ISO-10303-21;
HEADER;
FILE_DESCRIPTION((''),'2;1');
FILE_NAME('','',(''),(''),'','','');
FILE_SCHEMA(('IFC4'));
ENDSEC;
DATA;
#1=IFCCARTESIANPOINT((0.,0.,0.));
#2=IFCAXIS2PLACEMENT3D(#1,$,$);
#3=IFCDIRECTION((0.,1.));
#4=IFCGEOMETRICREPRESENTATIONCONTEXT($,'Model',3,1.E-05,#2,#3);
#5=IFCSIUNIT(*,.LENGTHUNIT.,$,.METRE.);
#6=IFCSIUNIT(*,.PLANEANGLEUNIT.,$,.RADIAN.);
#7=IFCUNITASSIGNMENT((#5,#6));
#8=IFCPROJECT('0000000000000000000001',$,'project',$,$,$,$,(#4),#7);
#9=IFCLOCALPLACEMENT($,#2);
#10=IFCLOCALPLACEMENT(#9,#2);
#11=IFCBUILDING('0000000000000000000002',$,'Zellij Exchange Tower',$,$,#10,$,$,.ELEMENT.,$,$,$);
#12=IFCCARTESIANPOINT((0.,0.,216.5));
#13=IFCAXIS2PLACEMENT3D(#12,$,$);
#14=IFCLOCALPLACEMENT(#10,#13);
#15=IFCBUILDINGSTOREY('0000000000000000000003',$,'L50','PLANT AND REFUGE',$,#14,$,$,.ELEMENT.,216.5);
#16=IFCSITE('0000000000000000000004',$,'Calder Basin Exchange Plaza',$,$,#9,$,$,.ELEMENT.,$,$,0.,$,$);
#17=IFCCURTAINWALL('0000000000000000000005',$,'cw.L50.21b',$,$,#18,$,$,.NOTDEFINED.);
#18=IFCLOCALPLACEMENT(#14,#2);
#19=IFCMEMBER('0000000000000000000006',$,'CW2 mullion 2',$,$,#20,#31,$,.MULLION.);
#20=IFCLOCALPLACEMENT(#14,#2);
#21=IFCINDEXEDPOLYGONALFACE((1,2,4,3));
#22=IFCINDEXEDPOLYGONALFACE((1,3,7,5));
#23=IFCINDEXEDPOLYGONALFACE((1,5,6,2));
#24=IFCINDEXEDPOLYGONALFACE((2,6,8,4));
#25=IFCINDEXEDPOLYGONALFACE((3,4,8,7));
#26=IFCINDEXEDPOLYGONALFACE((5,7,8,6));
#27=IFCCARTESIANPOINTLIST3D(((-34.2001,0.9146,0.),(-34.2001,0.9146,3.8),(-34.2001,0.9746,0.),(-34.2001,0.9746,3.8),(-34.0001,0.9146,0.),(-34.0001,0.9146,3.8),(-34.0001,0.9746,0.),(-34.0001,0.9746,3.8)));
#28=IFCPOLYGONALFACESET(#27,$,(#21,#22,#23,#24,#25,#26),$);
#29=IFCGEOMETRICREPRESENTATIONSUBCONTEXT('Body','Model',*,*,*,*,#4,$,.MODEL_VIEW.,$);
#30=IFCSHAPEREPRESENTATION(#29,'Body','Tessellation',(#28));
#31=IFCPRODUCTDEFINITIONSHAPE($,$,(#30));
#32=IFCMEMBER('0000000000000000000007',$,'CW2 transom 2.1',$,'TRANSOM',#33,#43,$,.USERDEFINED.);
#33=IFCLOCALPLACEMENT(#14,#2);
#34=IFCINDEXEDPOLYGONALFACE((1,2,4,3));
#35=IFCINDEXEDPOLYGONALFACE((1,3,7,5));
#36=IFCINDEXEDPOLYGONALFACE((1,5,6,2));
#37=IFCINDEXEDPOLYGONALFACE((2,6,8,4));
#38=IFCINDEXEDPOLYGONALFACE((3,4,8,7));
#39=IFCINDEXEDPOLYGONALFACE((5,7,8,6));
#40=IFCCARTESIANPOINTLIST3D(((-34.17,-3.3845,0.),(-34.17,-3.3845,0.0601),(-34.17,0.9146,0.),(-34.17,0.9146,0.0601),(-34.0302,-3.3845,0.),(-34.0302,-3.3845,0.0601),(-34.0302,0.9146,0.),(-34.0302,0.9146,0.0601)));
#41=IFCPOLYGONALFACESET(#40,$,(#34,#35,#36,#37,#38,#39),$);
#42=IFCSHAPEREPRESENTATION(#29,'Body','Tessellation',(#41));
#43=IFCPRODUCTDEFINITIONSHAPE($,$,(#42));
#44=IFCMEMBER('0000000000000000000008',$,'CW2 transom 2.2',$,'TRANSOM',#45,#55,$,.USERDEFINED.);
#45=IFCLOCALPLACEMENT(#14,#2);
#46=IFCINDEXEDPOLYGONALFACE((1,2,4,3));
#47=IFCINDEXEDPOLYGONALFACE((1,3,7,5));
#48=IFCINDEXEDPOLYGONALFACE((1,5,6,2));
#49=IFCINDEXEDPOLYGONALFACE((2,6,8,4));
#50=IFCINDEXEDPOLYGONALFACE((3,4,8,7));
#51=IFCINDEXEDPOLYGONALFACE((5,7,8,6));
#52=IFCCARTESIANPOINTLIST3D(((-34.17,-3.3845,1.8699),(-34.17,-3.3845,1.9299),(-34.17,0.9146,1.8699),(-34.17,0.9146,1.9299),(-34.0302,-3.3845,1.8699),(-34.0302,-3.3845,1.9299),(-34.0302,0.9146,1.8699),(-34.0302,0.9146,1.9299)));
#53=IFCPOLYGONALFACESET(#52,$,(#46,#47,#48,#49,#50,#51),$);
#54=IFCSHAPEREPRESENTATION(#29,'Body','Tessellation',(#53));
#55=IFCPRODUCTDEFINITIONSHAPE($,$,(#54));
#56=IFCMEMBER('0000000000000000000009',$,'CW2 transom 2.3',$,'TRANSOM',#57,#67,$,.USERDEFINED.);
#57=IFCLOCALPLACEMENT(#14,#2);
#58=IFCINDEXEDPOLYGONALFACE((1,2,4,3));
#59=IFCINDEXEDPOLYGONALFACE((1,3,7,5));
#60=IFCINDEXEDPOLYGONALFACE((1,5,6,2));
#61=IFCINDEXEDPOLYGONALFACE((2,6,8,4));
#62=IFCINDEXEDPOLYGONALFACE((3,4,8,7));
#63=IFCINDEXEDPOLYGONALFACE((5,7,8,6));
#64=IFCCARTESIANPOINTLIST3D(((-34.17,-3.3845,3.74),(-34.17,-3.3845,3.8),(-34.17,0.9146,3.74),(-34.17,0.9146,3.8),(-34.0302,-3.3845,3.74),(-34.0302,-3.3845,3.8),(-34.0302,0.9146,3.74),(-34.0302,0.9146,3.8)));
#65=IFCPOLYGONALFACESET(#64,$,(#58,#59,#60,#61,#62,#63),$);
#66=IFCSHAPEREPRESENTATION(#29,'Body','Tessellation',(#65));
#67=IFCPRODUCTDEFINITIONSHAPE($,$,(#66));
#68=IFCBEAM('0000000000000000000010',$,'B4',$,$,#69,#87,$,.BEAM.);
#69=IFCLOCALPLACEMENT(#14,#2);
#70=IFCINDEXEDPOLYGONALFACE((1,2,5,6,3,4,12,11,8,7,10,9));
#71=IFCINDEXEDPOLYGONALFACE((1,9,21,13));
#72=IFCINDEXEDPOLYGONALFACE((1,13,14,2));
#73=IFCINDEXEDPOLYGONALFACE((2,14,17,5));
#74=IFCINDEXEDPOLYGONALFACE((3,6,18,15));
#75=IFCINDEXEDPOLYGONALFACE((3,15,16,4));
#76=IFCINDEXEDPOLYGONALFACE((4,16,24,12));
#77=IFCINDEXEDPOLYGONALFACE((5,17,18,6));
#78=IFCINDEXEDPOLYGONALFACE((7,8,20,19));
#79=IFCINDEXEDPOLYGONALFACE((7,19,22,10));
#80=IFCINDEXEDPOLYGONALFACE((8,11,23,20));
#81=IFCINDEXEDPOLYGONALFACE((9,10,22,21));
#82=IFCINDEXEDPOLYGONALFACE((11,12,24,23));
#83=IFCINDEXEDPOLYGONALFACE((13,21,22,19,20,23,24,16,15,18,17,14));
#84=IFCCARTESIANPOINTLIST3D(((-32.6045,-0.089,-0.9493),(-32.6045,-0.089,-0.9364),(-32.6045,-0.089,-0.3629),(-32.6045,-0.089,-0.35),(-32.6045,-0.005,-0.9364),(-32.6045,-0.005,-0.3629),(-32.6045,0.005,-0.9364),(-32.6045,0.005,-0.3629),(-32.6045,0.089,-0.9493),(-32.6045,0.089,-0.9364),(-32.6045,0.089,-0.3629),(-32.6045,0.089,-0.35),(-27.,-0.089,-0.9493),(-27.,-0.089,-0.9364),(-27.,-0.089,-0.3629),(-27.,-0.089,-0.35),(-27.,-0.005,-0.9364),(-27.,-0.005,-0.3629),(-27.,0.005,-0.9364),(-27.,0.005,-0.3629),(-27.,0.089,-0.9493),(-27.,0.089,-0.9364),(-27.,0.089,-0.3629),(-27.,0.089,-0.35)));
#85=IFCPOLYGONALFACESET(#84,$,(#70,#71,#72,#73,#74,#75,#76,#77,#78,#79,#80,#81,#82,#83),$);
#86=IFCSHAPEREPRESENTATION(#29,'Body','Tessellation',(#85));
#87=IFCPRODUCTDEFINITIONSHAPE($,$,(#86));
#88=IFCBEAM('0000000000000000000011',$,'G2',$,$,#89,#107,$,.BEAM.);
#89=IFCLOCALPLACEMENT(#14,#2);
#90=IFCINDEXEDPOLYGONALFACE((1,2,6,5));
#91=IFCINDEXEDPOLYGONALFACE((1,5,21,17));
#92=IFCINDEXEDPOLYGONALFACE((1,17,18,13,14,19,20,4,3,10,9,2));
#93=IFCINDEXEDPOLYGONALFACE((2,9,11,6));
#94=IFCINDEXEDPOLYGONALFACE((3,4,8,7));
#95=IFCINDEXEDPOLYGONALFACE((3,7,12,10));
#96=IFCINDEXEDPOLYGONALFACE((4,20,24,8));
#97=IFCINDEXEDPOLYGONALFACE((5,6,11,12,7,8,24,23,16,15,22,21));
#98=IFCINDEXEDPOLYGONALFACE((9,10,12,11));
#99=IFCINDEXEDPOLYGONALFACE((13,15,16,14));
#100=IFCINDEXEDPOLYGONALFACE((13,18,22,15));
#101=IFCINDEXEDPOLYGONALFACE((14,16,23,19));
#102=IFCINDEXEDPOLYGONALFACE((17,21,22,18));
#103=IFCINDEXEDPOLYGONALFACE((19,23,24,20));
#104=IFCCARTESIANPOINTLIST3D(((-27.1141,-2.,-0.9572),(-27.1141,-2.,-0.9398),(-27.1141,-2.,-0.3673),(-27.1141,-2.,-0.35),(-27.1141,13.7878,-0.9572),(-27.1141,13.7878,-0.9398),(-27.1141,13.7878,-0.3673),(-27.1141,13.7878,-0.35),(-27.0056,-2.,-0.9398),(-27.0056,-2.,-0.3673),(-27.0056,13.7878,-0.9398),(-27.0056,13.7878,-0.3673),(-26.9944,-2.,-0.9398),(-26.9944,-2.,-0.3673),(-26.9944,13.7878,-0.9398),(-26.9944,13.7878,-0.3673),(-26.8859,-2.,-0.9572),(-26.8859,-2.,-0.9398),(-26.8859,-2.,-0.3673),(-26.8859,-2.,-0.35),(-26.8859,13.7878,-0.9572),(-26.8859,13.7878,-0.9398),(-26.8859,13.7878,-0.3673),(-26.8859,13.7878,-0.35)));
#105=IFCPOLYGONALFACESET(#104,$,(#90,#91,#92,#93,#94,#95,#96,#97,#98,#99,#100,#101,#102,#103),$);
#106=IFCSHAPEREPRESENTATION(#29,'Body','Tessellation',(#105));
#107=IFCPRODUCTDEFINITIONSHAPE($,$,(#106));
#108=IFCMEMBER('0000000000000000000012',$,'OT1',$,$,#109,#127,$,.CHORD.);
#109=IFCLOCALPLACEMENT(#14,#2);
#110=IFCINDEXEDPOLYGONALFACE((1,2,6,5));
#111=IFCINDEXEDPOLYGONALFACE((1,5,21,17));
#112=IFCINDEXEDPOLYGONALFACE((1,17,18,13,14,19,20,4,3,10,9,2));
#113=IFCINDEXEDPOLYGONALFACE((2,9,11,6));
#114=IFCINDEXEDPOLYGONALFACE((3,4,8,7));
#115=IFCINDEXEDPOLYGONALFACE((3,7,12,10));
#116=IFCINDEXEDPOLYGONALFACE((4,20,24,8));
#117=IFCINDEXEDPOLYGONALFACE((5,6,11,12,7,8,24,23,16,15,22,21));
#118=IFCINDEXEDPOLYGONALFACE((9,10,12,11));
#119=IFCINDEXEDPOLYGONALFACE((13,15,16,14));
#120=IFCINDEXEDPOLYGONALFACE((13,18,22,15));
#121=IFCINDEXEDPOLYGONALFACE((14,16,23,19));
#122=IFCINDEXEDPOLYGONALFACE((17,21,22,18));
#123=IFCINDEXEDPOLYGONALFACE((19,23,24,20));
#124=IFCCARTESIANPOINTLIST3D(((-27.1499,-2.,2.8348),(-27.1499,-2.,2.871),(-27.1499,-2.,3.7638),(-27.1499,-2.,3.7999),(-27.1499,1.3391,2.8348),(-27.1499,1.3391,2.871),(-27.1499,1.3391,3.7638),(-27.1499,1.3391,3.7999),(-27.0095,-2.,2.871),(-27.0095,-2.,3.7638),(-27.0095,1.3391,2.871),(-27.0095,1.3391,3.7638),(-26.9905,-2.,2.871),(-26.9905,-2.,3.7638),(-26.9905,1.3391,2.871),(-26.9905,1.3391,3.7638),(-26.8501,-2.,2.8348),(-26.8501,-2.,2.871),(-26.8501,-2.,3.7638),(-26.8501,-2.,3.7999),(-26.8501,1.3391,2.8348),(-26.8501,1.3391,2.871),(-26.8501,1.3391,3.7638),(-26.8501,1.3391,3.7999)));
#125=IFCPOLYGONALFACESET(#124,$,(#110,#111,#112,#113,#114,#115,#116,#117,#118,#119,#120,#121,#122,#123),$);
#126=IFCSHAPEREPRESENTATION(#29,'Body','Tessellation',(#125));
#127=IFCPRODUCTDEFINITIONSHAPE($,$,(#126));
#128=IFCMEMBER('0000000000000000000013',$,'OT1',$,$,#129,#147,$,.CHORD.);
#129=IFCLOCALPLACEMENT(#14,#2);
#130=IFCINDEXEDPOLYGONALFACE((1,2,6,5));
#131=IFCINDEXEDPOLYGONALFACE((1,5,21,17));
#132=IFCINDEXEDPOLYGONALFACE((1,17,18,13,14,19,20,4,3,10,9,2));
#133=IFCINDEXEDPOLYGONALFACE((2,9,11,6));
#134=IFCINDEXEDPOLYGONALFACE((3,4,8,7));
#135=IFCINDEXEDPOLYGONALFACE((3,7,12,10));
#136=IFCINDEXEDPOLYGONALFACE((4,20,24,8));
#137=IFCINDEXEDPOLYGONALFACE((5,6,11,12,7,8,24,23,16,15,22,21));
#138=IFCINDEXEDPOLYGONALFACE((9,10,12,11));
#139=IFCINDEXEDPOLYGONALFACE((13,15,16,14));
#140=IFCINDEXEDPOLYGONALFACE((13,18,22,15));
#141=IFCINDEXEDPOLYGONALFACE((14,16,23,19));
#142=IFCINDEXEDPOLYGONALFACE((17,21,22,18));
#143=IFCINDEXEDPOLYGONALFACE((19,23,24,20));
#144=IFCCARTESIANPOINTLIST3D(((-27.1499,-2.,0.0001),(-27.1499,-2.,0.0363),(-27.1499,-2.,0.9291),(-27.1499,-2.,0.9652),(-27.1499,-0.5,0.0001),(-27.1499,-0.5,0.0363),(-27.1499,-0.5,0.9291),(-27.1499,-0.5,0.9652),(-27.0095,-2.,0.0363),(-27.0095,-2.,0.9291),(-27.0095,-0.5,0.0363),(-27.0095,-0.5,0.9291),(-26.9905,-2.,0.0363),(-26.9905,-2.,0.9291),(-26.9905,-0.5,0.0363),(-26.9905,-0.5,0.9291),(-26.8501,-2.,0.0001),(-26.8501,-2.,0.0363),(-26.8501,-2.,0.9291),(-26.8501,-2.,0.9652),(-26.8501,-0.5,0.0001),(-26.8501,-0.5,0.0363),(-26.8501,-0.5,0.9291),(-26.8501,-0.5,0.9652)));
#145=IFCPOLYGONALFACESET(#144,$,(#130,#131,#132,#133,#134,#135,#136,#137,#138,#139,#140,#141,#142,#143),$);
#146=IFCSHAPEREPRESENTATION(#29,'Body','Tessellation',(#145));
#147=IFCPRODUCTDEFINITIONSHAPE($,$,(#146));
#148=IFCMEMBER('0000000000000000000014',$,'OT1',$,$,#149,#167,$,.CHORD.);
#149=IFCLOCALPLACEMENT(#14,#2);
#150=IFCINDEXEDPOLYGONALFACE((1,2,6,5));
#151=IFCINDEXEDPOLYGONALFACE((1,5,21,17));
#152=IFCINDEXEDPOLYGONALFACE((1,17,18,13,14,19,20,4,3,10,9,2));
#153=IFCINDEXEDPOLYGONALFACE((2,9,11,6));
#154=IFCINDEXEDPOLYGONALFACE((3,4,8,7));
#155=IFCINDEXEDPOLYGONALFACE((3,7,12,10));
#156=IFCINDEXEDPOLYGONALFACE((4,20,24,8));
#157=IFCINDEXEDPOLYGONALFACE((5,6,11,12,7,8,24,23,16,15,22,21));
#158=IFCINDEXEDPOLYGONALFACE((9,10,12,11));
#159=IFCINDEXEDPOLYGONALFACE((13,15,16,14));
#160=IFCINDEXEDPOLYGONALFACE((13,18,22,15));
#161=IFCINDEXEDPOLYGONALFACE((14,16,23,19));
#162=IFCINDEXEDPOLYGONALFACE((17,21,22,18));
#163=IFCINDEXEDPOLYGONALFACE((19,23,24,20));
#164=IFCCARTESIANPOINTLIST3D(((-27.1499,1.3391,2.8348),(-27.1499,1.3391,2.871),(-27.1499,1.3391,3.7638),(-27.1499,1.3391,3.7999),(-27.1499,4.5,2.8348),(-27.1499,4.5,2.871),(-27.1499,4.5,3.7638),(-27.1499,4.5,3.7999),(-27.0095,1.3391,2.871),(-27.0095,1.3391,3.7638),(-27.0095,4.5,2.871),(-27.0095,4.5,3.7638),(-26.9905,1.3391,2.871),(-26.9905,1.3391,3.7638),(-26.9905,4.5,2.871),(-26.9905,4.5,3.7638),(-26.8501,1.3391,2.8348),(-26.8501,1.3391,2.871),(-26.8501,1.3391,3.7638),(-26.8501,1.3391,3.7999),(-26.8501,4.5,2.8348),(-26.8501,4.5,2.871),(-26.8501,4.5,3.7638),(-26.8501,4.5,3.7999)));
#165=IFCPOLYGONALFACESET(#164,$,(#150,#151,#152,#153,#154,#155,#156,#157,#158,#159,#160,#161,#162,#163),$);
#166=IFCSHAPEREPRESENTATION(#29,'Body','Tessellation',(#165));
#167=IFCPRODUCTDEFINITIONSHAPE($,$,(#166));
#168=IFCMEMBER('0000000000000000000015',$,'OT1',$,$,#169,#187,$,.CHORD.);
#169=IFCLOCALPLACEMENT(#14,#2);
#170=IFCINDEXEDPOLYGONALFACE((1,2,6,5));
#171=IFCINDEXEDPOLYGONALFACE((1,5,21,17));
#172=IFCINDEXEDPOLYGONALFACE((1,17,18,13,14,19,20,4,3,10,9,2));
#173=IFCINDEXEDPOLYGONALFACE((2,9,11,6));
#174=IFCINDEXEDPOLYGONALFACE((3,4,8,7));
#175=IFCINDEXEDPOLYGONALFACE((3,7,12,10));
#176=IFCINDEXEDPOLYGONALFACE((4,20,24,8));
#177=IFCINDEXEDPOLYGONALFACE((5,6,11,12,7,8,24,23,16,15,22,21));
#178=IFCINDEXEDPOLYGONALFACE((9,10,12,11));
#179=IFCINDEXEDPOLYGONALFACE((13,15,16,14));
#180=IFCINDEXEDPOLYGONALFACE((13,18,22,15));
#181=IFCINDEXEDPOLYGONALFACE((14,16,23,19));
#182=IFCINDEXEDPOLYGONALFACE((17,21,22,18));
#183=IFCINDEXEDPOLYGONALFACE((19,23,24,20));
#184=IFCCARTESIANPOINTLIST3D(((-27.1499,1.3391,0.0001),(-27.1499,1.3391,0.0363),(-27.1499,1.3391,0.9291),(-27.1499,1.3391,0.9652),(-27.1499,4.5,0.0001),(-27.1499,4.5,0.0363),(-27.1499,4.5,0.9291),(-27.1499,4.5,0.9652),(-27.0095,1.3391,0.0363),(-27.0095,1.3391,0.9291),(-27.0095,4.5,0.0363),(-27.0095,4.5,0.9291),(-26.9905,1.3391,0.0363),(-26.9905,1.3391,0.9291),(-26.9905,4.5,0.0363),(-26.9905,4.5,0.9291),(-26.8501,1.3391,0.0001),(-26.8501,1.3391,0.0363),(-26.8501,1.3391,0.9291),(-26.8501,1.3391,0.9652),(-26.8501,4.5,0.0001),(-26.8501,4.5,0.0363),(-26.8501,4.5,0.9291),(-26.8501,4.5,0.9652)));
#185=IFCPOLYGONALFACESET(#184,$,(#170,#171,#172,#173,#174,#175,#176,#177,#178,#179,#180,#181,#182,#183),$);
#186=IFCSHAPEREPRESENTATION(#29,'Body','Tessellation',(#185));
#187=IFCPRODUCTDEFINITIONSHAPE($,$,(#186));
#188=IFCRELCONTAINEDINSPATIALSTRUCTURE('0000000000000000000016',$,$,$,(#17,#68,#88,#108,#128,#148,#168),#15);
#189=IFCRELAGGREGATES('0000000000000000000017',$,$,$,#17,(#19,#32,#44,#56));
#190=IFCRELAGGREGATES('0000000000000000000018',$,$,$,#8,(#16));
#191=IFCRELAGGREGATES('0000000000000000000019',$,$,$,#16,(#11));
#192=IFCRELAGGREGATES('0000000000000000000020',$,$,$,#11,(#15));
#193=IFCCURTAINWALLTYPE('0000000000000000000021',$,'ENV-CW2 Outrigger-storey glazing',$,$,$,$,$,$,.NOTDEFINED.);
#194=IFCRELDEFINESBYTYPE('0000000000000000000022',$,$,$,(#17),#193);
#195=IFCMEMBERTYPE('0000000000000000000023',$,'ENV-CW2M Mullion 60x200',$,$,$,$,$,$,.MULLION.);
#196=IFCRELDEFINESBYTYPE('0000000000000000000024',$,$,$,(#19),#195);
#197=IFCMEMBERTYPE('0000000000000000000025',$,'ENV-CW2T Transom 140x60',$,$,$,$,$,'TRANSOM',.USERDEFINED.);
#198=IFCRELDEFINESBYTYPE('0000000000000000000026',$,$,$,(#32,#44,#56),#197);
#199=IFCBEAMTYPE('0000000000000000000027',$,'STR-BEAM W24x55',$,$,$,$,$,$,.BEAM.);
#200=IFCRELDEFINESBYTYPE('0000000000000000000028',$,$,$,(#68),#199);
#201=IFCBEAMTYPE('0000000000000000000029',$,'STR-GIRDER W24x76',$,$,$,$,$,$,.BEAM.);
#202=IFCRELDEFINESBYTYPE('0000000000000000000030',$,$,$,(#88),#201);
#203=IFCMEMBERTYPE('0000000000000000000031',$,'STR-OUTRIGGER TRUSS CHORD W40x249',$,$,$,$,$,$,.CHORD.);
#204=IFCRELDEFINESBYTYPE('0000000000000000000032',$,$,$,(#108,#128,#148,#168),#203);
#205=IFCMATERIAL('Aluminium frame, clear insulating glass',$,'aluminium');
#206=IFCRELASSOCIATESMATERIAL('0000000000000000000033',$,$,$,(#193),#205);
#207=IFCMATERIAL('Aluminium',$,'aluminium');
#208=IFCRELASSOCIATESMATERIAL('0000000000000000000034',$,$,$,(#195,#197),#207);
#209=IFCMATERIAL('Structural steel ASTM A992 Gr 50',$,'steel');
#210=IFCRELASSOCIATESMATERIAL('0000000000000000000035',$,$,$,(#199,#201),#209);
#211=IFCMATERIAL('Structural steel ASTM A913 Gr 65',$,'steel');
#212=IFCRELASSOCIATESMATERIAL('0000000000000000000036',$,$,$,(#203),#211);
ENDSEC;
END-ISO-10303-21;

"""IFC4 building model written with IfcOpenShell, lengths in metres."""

from ifc_helpers import new_model, si_unit, direction, frame, origin, origin_2d, place, context, subcontext, project, spatial, rectangle, i_section, extrude, material, material_profile, profile_set, type_object, element, aggregate, save


model = new_model("IFC4")

# Units and contexts
model_context = context("Model", 3, precision=1e-05, world=origin(), true_north=direction((0.0, 1.0)))
body_context = subcontext(model_context, "Body", "Model", "MODEL_VIEW")
ifc_project = project(units=[si_unit("LENGTHUNIT", "METRE"), si_unit("PLANEANGLEUNIT", "RADIAN")], contexts=[model_context])

# Site, building, storey
site_placement = place(None, origin())
site = spatial("IfcSite", under=ifc_project, at=site_placement, Name="Calder Basin Exchange Plaza", CompositionType="ELEMENT", RefElevation=0.0)
building_placement = place(site_placement, origin())
building = spatial("IfcBuilding", under=site, at=building_placement, Name="Zellij Exchange Tower", CompositionType="ELEMENT")
storey_placement = place(building_placement, frame((0.0, 0.0, 216.5)))
storey = spatial("IfcBuildingStorey", under=building, at=storey_placement, Name="L50", Description="PLANT AND REFUGE", CompositionType="ELEMENT", Elevation=216.5)

# Curtain wall, members
ifc_material_1 = material(Name="Aluminium frame, clear insulating glass", Category="aluminium")
curtain_wall_type = type_object("IfcCurtainWallType", Name="ENV-CW2 Outrigger-storey glazing", PredefinedType="NOTDEFINED", material=ifc_material_1)
curtain_wall_placement = place(storey_placement, origin())
curtain_wall = element("IfcCurtainWall", 1, at=curtain_wall_placement, inside=storey, type_object=curtain_wall_type, Name="cw.L50.21b", PredefinedType="NOTDEFINED")
ifc_material_2 = material(Name="Aluminium", Category="aluminium")
ifc_material_profile_1 = material_profile(ifc_material_2, rectangle(XDim=0.0601, YDim=0.2, at=origin_2d()), Name="AL 60x200")
ifc_profile_set_1 = profile_set([ifc_material_profile_1], Name="Aluminium")
member_type_1 = type_object("IfcMemberType", Name="ENV-CW2M Mullion 60x200", PredefinedType="MULLION", material=ifc_profile_set_1)
member_1_placement = place(storey_placement, frame((-34.1001, 0.9446, 0.0), z_axis=(0.0, 0.0, 1.0), x_axis=(0.0, -1.0, 0.0)))
member_1 = element("IfcMember", 2, at=member_1_placement, type_object=member_type_1, Name="CW2 mullion 2", PredefinedType="MULLION", context=body_context, shape_type="SweptSolid", body=[
    extrude(rectangle(XDim=0.0601, YDim=0.2, at=origin_2d()), origin(), (0.0, 0.0, 1.0), 3.8),
])
ifc_material_profile_2 = material_profile(ifc_material_2, rectangle(XDim=0.1399, YDim=0.0601, at=origin_2d()), Name="AL 140x60")
ifc_profile_set_2 = profile_set([ifc_material_profile_2], Name="Aluminium")
member_type_2 = type_object("IfcMemberType", Name="ENV-CW2T Transom 140x60", ElementType="TRANSOM", PredefinedType="USERDEFINED", material=ifc_profile_set_2)
member_2_placement = place(storey_placement, frame((-34.1001, 0.9146, 0.03), z_axis=(0.0, -1.0, 0.0), x_axis=(1.0, 0.0, 0.0)))
member_2 = element("IfcMember", 3, at=member_2_placement, type_object=member_type_2, Name="CW2 transom 2.1", ObjectType="TRANSOM", PredefinedType="USERDEFINED", context=body_context, shape_type="SweptSolid", body=[
    extrude(rectangle(XDim=0.1399, YDim=0.0601, at=origin_2d()), origin(), (0.0, 0.0, 1.0), 4.2991),
])
member_3_placement = place(storey_placement, frame((-34.1001, 0.9146, 1.8999), z_axis=(0.0, -1.0, 0.0), x_axis=(1.0, 0.0, 0.0)))
member_3 = element("IfcMember", 4, at=member_3_placement, type_object=member_type_2, Name="CW2 transom 2.2", ObjectType="TRANSOM", PredefinedType="USERDEFINED", context=body_context, shape_type="SweptSolid", body=[
    extrude(rectangle(XDim=0.1399, YDim=0.0601, at=origin_2d()), origin(), (0.0, 0.0, 1.0), 4.2991),
])
member_4_placement = place(storey_placement, frame((-34.1001, 0.9146, 3.77), z_axis=(0.0, -1.0, 0.0), x_axis=(1.0, 0.0, 0.0)))
member_4 = element("IfcMember", 5, at=member_4_placement, type_object=member_type_2, Name="CW2 transom 2.3", ObjectType="TRANSOM", PredefinedType="USERDEFINED", context=body_context, shape_type="SweptSolid", body=[
    extrude(rectangle(XDim=0.1399, YDim=0.0601, at=origin_2d()), origin(), (0.0, 0.0, 1.0), 4.2991),
])

# Beams
ifc_material_3 = material(Name="Structural steel ASTM A992 Gr 50", Category="steel")
ifc_material_profile_3 = material_profile(ifc_material_3, i_section(OverallWidth=0.178, OverallDepth=0.5994, WebThickness=0.01, FlangeThickness=0.0129, at=origin_2d()), Name="W24x55")
ifc_profile_set_3 = profile_set([ifc_material_profile_3], Name="Structural steel ASTM A992 Gr 50")
beam_type_1 = type_object("IfcBeamType", Name="STR-BEAM W24x55", PredefinedType="BEAM", material=ifc_profile_set_3)
beam_1_placement = place(storey_placement, frame((-32.6045, 0.0, -0.6497), z_axis=(1.0, 0.0, 0.0), x_axis=(0.0, 1.0, 0.0)))
element("IfcBeam", 6, at=beam_1_placement, inside=storey, type_object=beam_type_1, Name="B4", PredefinedType="BEAM", context=body_context, shape_type="SweptSolid", body=[
    extrude(i_section(OverallWidth=0.178, OverallDepth=0.5994, WebThickness=0.01, FlangeThickness=0.0129, at=origin_2d()), origin(), (0.0, 0.0, 1.0), 5.6045),
])
ifc_material_profile_4 = material_profile(ifc_material_3, i_section(OverallWidth=0.2283, OverallDepth=0.6072, WebThickness=0.0112, FlangeThickness=0.0173, at=origin_2d()), Name="W24x76")
ifc_profile_set_4 = profile_set([ifc_material_profile_4], Name="Structural steel ASTM A992 Gr 50")
beam_type_2 = type_object("IfcBeamType", Name="STR-GIRDER W24x76", PredefinedType="BEAM", material=ifc_profile_set_4)
beam_2_placement = place(storey_placement, frame((-27.0, -2.0, -0.6536), z_axis=(0.0, 1.0, 0.0), x_axis=(-1.0, 0.0, 0.0)))
element("IfcBeam", 7, at=beam_2_placement, inside=storey, type_object=beam_type_2, Name="G2", PredefinedType="BEAM", context=body_context, shape_type="SweptSolid", body=[
    extrude(i_section(OverallWidth=0.2283, OverallDepth=0.6072, WebThickness=0.0112, FlangeThickness=0.0173, at=origin_2d()), origin(), (0.0, 0.0, 1.0), 15.7878),
])

# Members
ifc_material_4 = material(Name="Structural steel ASTM A913 Gr 65", Category="steel")
ifc_material_profile_5 = material_profile(ifc_material_4, i_section(OverallWidth=0.2998, OverallDepth=0.9651, WebThickness=0.019, FlangeThickness=0.0361, at=origin_2d()), Name="W40x249")
ifc_profile_set_5 = profile_set([ifc_material_profile_5], Name="Structural steel ASTM A913 Gr 65")
member_type_3 = type_object("IfcMemberType", Name="STR-OUTRIGGER TRUSS CHORD W40x249", PredefinedType="CHORD", material=ifc_profile_set_5)
member_5_placement = place(storey_placement, frame((-27.0, -2.0, 3.3174), z_axis=(0.0, 1.0, 0.0), x_axis=(-1.0, 0.0, 0.0)))
element("IfcMember", 8, at=member_5_placement, inside=storey, type_object=member_type_3, Name="OT1", PredefinedType="CHORD", context=body_context, shape_type="SweptSolid", body=[
    extrude(i_section(OverallWidth=0.2998, OverallDepth=0.9651, WebThickness=0.019, FlangeThickness=0.0361, at=origin_2d()), origin(), (0.0, 0.0, 1.0), 3.3391),
])
member_6_placement = place(storey_placement, frame((-27.0, -2.0, 0.4827), z_axis=(0.0, 1.0, 0.0), x_axis=(-1.0, 0.0, 0.0)))
element("IfcMember", 9, at=member_6_placement, inside=storey, type_object=member_type_3, Name="OT1", PredefinedType="CHORD", context=body_context, shape_type="SweptSolid", body=[
    extrude(i_section(OverallWidth=0.2998, OverallDepth=0.9651, WebThickness=0.019, FlangeThickness=0.0361, at=origin_2d()), origin(), (0.0, 0.0, 1.0), 1.5),
])
for number, where, z_axis, x_axis, name in (
    (10, (-27.0, 1.3391, 3.3174), (0.0, 1.0, 0.0), (-1.0, 0.0, 0.0), "OT1"),
    (11, (-27.0, 1.3391, 0.4827), (0.0, 1.0, 0.0), (-1.0, 0.0, 0.0), "OT1"),
):
    element("IfcMember", number, at=place(storey_placement, frame(where, z_axis=z_axis, x_axis=x_axis)), inside=storey, type_object=member_type_3, Name=name, PredefinedType="CHORD", context=body_context, shape_type="SweptSolid", body=[
        extrude(i_section(OverallWidth=0.2998, OverallDepth=0.9651, WebThickness=0.019, FlangeThickness=0.0361, at=origin_2d()), origin(), (0.0, 0.0, 1.0), 3.1609),
    ])

aggregate(curtain_wall, [member_1, member_2, member_3, member_4])

save(model, "model.ifc")
